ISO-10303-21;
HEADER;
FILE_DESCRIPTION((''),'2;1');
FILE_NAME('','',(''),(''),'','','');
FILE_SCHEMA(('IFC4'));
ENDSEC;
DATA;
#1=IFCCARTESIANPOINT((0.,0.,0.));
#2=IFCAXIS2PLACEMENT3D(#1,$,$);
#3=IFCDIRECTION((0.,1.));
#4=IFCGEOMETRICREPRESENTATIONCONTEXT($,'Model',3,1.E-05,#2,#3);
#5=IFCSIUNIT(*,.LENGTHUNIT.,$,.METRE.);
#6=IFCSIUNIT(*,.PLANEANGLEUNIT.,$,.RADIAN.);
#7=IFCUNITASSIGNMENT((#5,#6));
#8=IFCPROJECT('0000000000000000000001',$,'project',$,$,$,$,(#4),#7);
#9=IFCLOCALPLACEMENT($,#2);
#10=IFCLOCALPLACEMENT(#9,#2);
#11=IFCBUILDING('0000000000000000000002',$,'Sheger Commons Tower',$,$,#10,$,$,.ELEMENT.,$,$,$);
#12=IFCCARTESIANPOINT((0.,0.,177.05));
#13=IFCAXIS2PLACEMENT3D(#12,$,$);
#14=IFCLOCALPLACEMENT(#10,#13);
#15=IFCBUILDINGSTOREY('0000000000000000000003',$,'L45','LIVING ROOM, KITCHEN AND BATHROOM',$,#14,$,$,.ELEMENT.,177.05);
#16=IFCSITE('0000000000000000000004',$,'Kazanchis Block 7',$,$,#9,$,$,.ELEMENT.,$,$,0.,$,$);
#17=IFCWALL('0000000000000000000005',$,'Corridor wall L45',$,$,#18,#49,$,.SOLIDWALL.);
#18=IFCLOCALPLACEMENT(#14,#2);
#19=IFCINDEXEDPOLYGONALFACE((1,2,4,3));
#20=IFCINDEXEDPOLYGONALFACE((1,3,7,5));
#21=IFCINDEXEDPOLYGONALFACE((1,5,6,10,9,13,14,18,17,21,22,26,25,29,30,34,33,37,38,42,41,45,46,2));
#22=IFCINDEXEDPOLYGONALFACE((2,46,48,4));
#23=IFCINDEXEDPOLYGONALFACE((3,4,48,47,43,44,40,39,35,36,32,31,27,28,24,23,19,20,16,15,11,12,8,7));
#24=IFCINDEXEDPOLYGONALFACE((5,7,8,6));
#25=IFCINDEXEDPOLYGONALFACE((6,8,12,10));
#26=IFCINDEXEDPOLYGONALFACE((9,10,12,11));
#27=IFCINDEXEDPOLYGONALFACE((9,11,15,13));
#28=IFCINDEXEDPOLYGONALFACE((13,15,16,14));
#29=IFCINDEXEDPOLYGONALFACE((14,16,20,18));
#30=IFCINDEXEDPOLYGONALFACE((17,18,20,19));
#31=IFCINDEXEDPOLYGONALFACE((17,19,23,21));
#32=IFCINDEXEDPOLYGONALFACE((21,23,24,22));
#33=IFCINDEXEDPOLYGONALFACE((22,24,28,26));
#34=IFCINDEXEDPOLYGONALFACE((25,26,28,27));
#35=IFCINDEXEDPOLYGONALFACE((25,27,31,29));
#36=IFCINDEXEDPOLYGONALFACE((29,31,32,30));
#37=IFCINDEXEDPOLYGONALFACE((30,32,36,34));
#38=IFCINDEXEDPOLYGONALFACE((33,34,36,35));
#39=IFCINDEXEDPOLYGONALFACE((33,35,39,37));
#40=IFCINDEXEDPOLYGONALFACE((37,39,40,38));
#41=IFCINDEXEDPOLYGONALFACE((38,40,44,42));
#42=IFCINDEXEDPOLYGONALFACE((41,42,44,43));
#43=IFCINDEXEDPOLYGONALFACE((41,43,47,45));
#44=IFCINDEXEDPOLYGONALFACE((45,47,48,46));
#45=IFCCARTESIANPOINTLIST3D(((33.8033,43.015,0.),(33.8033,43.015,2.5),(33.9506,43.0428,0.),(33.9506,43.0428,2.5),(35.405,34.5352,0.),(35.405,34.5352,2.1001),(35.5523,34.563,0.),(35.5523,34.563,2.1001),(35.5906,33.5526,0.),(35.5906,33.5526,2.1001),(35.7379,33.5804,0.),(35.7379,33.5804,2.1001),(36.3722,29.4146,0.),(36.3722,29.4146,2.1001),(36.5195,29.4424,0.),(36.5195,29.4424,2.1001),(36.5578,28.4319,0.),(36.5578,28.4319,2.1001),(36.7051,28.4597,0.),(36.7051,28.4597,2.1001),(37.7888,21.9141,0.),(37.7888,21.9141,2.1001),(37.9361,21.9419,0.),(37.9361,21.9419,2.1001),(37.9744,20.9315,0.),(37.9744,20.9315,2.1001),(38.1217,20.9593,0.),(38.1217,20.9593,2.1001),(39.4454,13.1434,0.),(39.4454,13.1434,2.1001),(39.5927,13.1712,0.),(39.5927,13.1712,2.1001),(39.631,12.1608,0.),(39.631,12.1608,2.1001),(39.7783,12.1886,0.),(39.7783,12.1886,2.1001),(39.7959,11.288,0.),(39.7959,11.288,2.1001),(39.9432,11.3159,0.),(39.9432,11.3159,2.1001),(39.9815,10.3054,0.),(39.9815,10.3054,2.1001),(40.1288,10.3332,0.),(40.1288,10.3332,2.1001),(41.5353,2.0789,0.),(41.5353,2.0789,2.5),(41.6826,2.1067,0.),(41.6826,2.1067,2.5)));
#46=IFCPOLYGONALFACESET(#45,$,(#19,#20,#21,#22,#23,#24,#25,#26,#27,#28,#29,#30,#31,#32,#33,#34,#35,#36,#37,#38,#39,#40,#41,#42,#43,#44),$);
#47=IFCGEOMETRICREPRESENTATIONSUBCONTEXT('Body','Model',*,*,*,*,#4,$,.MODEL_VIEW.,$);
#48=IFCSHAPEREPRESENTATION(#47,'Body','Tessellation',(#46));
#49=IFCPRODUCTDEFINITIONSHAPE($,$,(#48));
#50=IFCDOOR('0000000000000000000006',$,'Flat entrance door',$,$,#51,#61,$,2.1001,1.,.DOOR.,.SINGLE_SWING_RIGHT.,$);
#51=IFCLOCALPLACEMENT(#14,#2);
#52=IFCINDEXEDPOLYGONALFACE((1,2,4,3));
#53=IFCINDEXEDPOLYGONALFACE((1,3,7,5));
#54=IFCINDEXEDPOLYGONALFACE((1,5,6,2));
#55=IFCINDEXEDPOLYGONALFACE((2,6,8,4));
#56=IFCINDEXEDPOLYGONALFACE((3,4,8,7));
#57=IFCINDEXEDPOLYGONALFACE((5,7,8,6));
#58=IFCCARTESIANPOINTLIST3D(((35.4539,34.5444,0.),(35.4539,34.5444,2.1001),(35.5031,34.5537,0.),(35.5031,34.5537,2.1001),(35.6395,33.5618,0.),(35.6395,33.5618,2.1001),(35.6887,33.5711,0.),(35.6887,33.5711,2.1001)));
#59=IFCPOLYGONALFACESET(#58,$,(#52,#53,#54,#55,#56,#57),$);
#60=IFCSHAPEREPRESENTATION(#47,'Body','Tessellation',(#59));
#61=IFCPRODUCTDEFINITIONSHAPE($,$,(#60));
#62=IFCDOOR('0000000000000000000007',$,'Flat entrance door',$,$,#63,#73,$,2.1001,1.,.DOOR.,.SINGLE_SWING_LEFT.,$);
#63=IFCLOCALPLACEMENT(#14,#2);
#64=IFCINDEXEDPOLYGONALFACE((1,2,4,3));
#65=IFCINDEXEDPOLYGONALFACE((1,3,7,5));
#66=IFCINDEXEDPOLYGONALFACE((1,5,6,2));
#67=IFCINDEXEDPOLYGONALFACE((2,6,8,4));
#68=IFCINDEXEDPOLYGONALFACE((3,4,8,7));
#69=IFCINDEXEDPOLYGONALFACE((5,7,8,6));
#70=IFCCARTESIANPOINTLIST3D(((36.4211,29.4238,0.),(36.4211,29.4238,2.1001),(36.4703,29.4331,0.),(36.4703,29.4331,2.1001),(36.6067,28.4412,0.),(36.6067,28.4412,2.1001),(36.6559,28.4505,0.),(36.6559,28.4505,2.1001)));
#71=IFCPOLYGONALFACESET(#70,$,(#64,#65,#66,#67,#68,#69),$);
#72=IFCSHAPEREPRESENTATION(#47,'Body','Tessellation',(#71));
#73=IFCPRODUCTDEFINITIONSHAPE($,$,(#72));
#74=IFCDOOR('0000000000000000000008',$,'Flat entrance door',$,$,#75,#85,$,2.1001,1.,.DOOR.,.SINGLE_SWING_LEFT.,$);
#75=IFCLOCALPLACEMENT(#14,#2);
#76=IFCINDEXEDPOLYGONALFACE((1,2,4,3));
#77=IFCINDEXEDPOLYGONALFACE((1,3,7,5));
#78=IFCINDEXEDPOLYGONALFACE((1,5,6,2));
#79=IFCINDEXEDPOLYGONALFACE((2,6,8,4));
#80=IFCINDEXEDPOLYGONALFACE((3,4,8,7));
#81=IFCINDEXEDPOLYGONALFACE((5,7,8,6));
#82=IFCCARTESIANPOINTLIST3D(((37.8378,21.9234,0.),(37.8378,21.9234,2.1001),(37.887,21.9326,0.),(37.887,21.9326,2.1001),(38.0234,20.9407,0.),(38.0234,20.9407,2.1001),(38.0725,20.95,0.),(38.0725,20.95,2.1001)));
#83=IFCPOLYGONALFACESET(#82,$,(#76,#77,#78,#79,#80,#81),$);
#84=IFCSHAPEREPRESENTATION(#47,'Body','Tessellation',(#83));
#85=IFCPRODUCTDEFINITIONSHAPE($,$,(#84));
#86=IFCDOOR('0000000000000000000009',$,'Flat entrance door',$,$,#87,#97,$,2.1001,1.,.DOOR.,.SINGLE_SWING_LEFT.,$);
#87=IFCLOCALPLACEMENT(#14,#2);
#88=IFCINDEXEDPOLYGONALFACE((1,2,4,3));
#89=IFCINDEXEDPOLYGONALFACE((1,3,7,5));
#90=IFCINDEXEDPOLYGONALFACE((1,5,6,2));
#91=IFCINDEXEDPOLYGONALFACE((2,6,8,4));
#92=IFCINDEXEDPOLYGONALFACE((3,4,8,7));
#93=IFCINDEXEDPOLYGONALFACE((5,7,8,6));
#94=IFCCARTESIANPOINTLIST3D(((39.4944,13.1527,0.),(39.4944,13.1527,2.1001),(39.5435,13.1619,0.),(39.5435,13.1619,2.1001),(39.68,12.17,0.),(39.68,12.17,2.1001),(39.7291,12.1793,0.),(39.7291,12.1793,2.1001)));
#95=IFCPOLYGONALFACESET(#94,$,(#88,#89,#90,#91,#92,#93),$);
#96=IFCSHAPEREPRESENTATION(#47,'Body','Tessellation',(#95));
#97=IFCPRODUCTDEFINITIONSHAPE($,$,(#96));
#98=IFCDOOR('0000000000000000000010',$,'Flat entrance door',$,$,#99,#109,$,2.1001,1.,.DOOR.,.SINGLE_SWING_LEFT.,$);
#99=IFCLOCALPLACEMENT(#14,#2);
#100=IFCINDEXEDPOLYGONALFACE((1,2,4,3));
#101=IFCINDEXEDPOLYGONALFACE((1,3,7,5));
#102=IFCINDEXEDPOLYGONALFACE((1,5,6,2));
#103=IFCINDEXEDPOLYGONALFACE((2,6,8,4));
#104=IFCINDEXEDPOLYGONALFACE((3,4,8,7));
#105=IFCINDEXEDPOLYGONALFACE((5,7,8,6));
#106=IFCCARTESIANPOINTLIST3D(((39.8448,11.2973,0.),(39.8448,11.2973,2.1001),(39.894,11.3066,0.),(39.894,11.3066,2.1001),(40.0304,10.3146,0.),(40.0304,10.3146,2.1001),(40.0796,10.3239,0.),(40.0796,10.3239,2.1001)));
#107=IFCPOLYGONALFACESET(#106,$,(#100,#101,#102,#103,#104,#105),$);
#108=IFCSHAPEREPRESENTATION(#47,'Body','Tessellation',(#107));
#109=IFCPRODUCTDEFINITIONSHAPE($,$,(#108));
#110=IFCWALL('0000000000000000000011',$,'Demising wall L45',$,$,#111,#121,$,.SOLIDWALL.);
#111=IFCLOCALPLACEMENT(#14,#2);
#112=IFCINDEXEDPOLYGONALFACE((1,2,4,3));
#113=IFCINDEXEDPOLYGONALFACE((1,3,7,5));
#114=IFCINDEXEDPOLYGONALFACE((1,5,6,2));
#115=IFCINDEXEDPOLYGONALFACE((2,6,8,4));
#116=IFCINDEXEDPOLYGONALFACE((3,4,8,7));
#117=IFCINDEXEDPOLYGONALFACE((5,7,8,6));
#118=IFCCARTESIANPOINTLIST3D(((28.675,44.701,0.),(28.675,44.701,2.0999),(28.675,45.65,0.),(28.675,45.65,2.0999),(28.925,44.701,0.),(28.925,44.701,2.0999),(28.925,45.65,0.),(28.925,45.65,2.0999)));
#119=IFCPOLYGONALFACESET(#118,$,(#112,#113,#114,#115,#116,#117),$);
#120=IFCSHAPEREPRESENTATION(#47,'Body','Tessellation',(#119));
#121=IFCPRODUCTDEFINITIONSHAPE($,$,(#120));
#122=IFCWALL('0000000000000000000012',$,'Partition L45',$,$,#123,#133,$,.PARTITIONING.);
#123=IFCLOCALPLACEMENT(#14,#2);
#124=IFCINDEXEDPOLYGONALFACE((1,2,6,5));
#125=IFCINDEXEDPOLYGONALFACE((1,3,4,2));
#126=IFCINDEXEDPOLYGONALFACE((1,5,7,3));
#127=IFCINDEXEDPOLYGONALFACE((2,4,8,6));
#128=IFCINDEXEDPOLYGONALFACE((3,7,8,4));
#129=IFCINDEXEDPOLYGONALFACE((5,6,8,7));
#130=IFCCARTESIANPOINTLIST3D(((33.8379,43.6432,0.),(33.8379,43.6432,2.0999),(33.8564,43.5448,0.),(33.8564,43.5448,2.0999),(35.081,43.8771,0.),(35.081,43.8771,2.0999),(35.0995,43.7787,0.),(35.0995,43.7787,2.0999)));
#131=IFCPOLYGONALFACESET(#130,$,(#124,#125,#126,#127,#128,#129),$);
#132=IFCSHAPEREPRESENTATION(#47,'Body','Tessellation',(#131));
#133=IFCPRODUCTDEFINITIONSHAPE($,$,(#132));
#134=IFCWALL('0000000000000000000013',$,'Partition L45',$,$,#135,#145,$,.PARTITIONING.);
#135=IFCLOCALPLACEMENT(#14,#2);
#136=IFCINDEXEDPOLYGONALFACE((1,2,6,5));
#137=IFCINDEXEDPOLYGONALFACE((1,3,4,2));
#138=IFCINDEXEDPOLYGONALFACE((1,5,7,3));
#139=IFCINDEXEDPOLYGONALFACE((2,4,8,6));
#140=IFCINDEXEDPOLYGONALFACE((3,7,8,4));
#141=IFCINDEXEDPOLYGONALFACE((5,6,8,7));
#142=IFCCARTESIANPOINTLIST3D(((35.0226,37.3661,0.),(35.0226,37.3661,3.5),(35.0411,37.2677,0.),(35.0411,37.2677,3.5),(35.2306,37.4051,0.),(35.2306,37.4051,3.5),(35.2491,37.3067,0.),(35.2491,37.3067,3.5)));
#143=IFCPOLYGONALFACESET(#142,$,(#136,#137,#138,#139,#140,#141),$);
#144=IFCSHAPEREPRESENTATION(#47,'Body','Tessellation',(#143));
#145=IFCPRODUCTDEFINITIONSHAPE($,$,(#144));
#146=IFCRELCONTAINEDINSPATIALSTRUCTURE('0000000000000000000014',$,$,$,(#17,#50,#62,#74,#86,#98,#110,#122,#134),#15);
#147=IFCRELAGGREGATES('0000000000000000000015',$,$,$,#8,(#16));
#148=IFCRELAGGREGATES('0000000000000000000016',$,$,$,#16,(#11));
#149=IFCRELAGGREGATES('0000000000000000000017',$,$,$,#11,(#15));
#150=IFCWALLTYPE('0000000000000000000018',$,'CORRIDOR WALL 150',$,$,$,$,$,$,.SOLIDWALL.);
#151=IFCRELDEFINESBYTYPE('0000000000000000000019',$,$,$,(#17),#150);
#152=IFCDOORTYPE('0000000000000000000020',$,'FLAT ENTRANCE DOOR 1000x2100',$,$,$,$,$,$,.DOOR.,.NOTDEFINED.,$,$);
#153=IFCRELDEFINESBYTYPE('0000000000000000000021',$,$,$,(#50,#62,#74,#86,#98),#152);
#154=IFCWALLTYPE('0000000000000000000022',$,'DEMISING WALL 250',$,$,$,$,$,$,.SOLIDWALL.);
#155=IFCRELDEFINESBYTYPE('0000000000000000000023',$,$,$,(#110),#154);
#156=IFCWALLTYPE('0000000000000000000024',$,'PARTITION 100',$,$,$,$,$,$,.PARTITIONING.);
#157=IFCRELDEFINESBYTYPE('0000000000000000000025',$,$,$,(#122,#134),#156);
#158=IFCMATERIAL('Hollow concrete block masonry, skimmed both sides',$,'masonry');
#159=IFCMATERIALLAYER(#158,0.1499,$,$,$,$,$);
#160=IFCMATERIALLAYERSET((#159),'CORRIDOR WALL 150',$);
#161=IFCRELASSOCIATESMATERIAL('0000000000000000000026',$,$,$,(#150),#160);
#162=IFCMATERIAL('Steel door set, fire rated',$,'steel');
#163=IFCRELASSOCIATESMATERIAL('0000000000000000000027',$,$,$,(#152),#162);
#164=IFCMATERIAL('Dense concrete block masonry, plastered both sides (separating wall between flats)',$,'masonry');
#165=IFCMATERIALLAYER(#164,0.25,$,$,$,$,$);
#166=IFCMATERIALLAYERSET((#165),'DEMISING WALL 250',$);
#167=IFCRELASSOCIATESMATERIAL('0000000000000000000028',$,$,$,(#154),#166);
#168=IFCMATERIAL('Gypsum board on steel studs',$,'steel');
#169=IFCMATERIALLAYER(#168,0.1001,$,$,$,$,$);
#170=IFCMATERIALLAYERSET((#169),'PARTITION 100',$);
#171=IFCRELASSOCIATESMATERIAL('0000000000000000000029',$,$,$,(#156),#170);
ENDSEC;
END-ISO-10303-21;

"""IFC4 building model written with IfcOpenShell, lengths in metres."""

from ifc_helpers import new_model, si_unit, direction, frame, frame_2d, origin, place, context, subcontext, project, spatial, rectangle, extrude, material, layer, layer_set, type_object, element, fill, save


model = new_model("IFC4")

# Units and contexts
model_context = context("Model", 3, precision=1e-05, world=origin(), true_north=direction((0.0, 1.0)))
body_context = subcontext(model_context, "Body", "Model", "MODEL_VIEW")
ifc_project = project(units=[si_unit("LENGTHUNIT", "METRE"), si_unit("PLANEANGLEUNIT", "RADIAN")], contexts=[model_context])

# Site, building, storey
site_placement = place(None, origin())
site = spatial("IfcSite", under=ifc_project, at=site_placement, Name="Kazanchis Block 7", CompositionType="ELEMENT", RefElevation=0.0)
building_placement = place(site_placement, origin())
building = spatial("IfcBuilding", under=site, at=building_placement, Name="Sheger Commons Tower", CompositionType="ELEMENT")
storey_placement = place(building_placement, frame((0.0, 0.0, 177.05)))
storey = spatial("IfcBuildingStorey", under=building, at=storey_placement, Name="L45", Description="LIVING ROOM, KITCHEN AND BATHROOM", CompositionType="ELEMENT", Elevation=177.05)

# Shared definitions
ifc_material_1 = material(Name="Hollow concrete block masonry, skimmed both sides", Category="masonry")
ifc_layer_1 = layer(ifc_material_1, 0.1499)
ifc_layer_set_1 = layer_set([ifc_layer_1], Name="CORRIDOR WALL 150")
wall_type_1 = type_object("IfcWallType", Name="CORRIDOR WALL 150", PredefinedType="SOLIDWALL", material=ifc_layer_set_1)

# Wall, openings, doors
wall_1_placement = place(storey_placement, frame((33.877, 43.0291, 0.0), z_axis=(0.0, 0.0, 1.0), x_axis=(0.185597, -0.982626, 0.0)))
wall_1 = element("IfcWall", 1, at=wall_1_placement, inside=storey, type_object=wall_type_1, Name="Corridor wall L45", PredefinedType="SOLIDWALL", context=body_context, shape_type="SweptSolid", body=[
    extrude(rectangle(XDim=41.6599, YDim=0.1499, at=frame_2d((20.8301, 0.0))), origin(), (0.0, 0.0, 1.0), 2.5),
])
opening_1_placement = place(wall_1_placement, frame((8.6299, 0.0, 0.0)))
opening_1 = element("IfcOpeningElement", 2, at=opening_1_placement, cuts=wall_1, PredefinedType="OPENING", context=body_context, shape_type="SweptSolid", body=[
    extrude(rectangle(XDim=1.0, YDim=2.1001, at=frame_2d((0.5, 1.05))), frame((0.0, 0.085, 0.0), z_axis=(0.0, -1.0, 0.0), x_axis=(1.0, 0.0, 0.0)), (0.0, 0.0, 1.0), 0.1699),
])
opening_2_placement = place(wall_1_placement, frame((13.8411, 0.0, 0.0)))
opening_2 = element("IfcOpeningElement", 3, at=opening_2_placement, cuts=wall_1, PredefinedType="OPENING", context=body_context, shape_type="SweptSolid", body=[
    extrude(rectangle(XDim=1.0, YDim=2.1001, at=frame_2d((0.5, 1.05))), frame((0.0, 0.085, 0.0), z_axis=(0.0, -1.0, 0.0), x_axis=(1.0, 0.0, 0.0)), (0.0, 0.0, 1.0), 0.1699),
])
opening_3_placement = place(wall_1_placement, frame((21.4741, 0.0, 0.0)))
opening_3 = element("IfcOpeningElement", 4, at=opening_3_placement, cuts=wall_1, PredefinedType="OPENING", context=body_context, shape_type="SweptSolid", body=[
    extrude(rectangle(XDim=1.0, YDim=2.1001, at=frame_2d((0.5, 1.05))), frame((0.0, 0.085, 0.0), z_axis=(0.0, -1.0, 0.0), x_axis=(1.0, 0.0, 0.0)), (0.0, 0.0, 1.0), 0.1699),
])
opening_4_placement = place(wall_1_placement, frame((30.3999, 0.0, 0.0)))
opening_4 = element("IfcOpeningElement", 5, at=opening_4_placement, cuts=wall_1, PredefinedType="OPENING", context=body_context, shape_type="SweptSolid", body=[
    extrude(rectangle(XDim=1.0, YDim=2.1001, at=frame_2d((0.5, 1.05))), frame((0.0, 0.085, 0.0), z_axis=(0.0, -1.0, 0.0), x_axis=(1.0, 0.0, 0.0)), (0.0, 0.0, 1.0), 0.1699),
])
opening_5_placement = place(wall_1_placement, frame((32.2881, 0.0, 0.0)))
opening_5 = element("IfcOpeningElement", 6, at=opening_5_placement, cuts=wall_1, PredefinedType="OPENING", context=body_context, shape_type="SweptSolid", body=[
    extrude(rectangle(XDim=1.0, YDim=2.1001, at=frame_2d((0.5, 1.05))), frame((0.0, 0.085, 0.0), z_axis=(0.0, -1.0, 0.0), x_axis=(1.0, 0.0, 0.0)), (0.0, 0.0, 1.0), 0.1699),
])
ifc_material_2 = material(Name="Steel door set, fire rated", Category="steel")
door_type_1 = type_object("IfcDoorType", Name="FLAT ENTRANCE DOOR 1000x2100", OperationType="NOTDEFINED", PredefinedType="DOOR", material=ifc_material_2)
door_1_placement = place(opening_1_placement, origin())
door_1 = element("IfcDoor", 7, at=door_1_placement, inside=storey, type_object=door_type_1, Name="Flat entrance door", OperationType="SINGLE_SWING_RIGHT", OverallHeight=2.1001, OverallWidth=1.0, PredefinedType="DOOR", context=body_context, shape_type="SweptSolid", body=[
    extrude(rectangle(XDim=1.0, YDim=2.1001, at=frame_2d((0.5, 1.05))), frame((0.0, 0.0249, 0.0), z_axis=(0.0, -1.0, 0.0), x_axis=(1.0, 0.0, 0.0)), (0.0, 0.0, 1.0), 0.05),
])
fill(opening_1, door_1)
door_2_placement = place(opening_2_placement, origin())
door_2 = element("IfcDoor", 8, at=door_2_placement, inside=storey, type_object=door_type_1, Name="Flat entrance door", OperationType="SINGLE_SWING_LEFT", OverallHeight=2.1001, OverallWidth=1.0, PredefinedType="DOOR", context=body_context, shape_type="SweptSolid", body=[
    extrude(rectangle(XDim=1.0, YDim=2.1001, at=frame_2d((0.5, 1.05))), frame((0.0, 0.0249, 0.0), z_axis=(0.0, -1.0, 0.0), x_axis=(1.0, 0.0, 0.0)), (0.0, 0.0, 1.0), 0.05),
])
fill(opening_2, door_2)
door_3_placement = place(opening_3_placement, origin())
door_3 = element("IfcDoor", 9, at=door_3_placement, inside=storey, type_object=door_type_1, Name="Flat entrance door", OperationType="SINGLE_SWING_LEFT", OverallHeight=2.1001, OverallWidth=1.0, PredefinedType="DOOR", context=body_context, shape_type="SweptSolid", body=[
    extrude(rectangle(XDim=1.0, YDim=2.1001, at=frame_2d((0.5, 1.05))), frame((0.0, 0.0249, 0.0), z_axis=(0.0, -1.0, 0.0), x_axis=(1.0, 0.0, 0.0)), (0.0, 0.0, 1.0), 0.05),
])
fill(opening_3, door_3)
door_4_placement = place(opening_4_placement, origin())
door_4 = element("IfcDoor", 10, at=door_4_placement, inside=storey, type_object=door_type_1, Name="Flat entrance door", OperationType="SINGLE_SWING_LEFT", OverallHeight=2.1001, OverallWidth=1.0, PredefinedType="DOOR", context=body_context, shape_type="SweptSolid", body=[
    extrude(rectangle(XDim=1.0, YDim=2.1001, at=frame_2d((0.5, 1.05))), frame((0.0, 0.0249, 0.0), z_axis=(0.0, -1.0, 0.0), x_axis=(1.0, 0.0, 0.0)), (0.0, 0.0, 1.0), 0.05),
])
fill(opening_4, door_4)
door_5_placement = place(opening_5_placement, origin())
door_5 = element("IfcDoor", 11, at=door_5_placement, inside=storey, type_object=door_type_1, Name="Flat entrance door", OperationType="SINGLE_SWING_LEFT", OverallHeight=2.1001, OverallWidth=1.0, PredefinedType="DOOR", context=body_context, shape_type="SweptSolid", body=[
    extrude(rectangle(XDim=1.0, YDim=2.1001, at=frame_2d((0.5, 1.05))), frame((0.0, 0.0249, 0.0), z_axis=(0.0, -1.0, 0.0), x_axis=(1.0, 0.0, 0.0)), (0.0, 0.0, 1.0), 0.05),
])
fill(opening_5, door_5)

# Walls
ifc_material_3 = material(Name="Dense concrete block masonry, plastered both sides (separating wall between flats)", Category="masonry")
ifc_layer_2 = layer(ifc_material_3, 0.25)
ifc_layer_set_2 = layer_set([ifc_layer_2], Name="DEMISING WALL 250")
wall_type_2 = type_object("IfcWallType", Name="DEMISING WALL 250", PredefinedType="SOLIDWALL", material=ifc_layer_set_2)
wall_2_placement = place(storey_placement, frame((28.8, 44.7009, 0.0), z_axis=(0.0, 0.0, 1.0), x_axis=(0.0, 1.0, 0.0)))
element("IfcWall", 12, at=wall_2_placement, inside=storey, type_object=wall_type_2, Name="Demising wall L45", PredefinedType="SOLIDWALL", context=body_context, shape_type="SweptSolid", body=[
    extrude(rectangle(XDim=0.949, YDim=0.25, at=frame_2d((0.4746, 0.0))), origin(), (0.0, 0.0, 1.0), 2.0999),
])
ifc_material_4 = material(Name="Gypsum board on steel studs", Category="steel")
ifc_layer_3 = layer(ifc_material_4, 0.1001)
ifc_layer_set_3 = layer_set([ifc_layer_3], Name="PARTITION 100")
wall_type_3 = type_object("IfcWallType", Name="PARTITION 100", PredefinedType="PARTITIONING", material=ifc_layer_set_3)
wall_3_placement = place(storey_placement, frame((35.0901, 43.8279, 0.0), z_axis=(0.0, 0.0, 1.0), x_axis=(-0.982758, -0.184894, 0.0)))
element("IfcWall", 13, at=wall_3_placement, inside=storey, type_object=wall_type_3, Name="Partition L45", PredefinedType="PARTITIONING", context=body_context, shape_type="SweptSolid", body=[
    extrude(rectangle(XDim=1.2649, YDim=0.1001, at=frame_2d((0.6323, 0.0))), origin(), (0.0, 0.0, 1.0), 2.0999),
])
wall_4_placement = place(storey_placement, frame((35.24, 37.356, 0.0), z_axis=(0.0, 0.0, 1.0), x_axis=(-0.98282, -0.184567, 0.0)))
element("IfcWall", 14, at=wall_4_placement, inside=storey, type_object=wall_type_3, Name="Partition L45", PredefinedType="PARTITIONING", context=body_context, shape_type="SweptSolid", body=[
    extrude(rectangle(XDim=0.2117, YDim=0.1001, at=frame_2d((0.106, 0.0))), origin(), (0.0, 0.0, 1.0), 3.5),
])

save(model, "model.ifc")
